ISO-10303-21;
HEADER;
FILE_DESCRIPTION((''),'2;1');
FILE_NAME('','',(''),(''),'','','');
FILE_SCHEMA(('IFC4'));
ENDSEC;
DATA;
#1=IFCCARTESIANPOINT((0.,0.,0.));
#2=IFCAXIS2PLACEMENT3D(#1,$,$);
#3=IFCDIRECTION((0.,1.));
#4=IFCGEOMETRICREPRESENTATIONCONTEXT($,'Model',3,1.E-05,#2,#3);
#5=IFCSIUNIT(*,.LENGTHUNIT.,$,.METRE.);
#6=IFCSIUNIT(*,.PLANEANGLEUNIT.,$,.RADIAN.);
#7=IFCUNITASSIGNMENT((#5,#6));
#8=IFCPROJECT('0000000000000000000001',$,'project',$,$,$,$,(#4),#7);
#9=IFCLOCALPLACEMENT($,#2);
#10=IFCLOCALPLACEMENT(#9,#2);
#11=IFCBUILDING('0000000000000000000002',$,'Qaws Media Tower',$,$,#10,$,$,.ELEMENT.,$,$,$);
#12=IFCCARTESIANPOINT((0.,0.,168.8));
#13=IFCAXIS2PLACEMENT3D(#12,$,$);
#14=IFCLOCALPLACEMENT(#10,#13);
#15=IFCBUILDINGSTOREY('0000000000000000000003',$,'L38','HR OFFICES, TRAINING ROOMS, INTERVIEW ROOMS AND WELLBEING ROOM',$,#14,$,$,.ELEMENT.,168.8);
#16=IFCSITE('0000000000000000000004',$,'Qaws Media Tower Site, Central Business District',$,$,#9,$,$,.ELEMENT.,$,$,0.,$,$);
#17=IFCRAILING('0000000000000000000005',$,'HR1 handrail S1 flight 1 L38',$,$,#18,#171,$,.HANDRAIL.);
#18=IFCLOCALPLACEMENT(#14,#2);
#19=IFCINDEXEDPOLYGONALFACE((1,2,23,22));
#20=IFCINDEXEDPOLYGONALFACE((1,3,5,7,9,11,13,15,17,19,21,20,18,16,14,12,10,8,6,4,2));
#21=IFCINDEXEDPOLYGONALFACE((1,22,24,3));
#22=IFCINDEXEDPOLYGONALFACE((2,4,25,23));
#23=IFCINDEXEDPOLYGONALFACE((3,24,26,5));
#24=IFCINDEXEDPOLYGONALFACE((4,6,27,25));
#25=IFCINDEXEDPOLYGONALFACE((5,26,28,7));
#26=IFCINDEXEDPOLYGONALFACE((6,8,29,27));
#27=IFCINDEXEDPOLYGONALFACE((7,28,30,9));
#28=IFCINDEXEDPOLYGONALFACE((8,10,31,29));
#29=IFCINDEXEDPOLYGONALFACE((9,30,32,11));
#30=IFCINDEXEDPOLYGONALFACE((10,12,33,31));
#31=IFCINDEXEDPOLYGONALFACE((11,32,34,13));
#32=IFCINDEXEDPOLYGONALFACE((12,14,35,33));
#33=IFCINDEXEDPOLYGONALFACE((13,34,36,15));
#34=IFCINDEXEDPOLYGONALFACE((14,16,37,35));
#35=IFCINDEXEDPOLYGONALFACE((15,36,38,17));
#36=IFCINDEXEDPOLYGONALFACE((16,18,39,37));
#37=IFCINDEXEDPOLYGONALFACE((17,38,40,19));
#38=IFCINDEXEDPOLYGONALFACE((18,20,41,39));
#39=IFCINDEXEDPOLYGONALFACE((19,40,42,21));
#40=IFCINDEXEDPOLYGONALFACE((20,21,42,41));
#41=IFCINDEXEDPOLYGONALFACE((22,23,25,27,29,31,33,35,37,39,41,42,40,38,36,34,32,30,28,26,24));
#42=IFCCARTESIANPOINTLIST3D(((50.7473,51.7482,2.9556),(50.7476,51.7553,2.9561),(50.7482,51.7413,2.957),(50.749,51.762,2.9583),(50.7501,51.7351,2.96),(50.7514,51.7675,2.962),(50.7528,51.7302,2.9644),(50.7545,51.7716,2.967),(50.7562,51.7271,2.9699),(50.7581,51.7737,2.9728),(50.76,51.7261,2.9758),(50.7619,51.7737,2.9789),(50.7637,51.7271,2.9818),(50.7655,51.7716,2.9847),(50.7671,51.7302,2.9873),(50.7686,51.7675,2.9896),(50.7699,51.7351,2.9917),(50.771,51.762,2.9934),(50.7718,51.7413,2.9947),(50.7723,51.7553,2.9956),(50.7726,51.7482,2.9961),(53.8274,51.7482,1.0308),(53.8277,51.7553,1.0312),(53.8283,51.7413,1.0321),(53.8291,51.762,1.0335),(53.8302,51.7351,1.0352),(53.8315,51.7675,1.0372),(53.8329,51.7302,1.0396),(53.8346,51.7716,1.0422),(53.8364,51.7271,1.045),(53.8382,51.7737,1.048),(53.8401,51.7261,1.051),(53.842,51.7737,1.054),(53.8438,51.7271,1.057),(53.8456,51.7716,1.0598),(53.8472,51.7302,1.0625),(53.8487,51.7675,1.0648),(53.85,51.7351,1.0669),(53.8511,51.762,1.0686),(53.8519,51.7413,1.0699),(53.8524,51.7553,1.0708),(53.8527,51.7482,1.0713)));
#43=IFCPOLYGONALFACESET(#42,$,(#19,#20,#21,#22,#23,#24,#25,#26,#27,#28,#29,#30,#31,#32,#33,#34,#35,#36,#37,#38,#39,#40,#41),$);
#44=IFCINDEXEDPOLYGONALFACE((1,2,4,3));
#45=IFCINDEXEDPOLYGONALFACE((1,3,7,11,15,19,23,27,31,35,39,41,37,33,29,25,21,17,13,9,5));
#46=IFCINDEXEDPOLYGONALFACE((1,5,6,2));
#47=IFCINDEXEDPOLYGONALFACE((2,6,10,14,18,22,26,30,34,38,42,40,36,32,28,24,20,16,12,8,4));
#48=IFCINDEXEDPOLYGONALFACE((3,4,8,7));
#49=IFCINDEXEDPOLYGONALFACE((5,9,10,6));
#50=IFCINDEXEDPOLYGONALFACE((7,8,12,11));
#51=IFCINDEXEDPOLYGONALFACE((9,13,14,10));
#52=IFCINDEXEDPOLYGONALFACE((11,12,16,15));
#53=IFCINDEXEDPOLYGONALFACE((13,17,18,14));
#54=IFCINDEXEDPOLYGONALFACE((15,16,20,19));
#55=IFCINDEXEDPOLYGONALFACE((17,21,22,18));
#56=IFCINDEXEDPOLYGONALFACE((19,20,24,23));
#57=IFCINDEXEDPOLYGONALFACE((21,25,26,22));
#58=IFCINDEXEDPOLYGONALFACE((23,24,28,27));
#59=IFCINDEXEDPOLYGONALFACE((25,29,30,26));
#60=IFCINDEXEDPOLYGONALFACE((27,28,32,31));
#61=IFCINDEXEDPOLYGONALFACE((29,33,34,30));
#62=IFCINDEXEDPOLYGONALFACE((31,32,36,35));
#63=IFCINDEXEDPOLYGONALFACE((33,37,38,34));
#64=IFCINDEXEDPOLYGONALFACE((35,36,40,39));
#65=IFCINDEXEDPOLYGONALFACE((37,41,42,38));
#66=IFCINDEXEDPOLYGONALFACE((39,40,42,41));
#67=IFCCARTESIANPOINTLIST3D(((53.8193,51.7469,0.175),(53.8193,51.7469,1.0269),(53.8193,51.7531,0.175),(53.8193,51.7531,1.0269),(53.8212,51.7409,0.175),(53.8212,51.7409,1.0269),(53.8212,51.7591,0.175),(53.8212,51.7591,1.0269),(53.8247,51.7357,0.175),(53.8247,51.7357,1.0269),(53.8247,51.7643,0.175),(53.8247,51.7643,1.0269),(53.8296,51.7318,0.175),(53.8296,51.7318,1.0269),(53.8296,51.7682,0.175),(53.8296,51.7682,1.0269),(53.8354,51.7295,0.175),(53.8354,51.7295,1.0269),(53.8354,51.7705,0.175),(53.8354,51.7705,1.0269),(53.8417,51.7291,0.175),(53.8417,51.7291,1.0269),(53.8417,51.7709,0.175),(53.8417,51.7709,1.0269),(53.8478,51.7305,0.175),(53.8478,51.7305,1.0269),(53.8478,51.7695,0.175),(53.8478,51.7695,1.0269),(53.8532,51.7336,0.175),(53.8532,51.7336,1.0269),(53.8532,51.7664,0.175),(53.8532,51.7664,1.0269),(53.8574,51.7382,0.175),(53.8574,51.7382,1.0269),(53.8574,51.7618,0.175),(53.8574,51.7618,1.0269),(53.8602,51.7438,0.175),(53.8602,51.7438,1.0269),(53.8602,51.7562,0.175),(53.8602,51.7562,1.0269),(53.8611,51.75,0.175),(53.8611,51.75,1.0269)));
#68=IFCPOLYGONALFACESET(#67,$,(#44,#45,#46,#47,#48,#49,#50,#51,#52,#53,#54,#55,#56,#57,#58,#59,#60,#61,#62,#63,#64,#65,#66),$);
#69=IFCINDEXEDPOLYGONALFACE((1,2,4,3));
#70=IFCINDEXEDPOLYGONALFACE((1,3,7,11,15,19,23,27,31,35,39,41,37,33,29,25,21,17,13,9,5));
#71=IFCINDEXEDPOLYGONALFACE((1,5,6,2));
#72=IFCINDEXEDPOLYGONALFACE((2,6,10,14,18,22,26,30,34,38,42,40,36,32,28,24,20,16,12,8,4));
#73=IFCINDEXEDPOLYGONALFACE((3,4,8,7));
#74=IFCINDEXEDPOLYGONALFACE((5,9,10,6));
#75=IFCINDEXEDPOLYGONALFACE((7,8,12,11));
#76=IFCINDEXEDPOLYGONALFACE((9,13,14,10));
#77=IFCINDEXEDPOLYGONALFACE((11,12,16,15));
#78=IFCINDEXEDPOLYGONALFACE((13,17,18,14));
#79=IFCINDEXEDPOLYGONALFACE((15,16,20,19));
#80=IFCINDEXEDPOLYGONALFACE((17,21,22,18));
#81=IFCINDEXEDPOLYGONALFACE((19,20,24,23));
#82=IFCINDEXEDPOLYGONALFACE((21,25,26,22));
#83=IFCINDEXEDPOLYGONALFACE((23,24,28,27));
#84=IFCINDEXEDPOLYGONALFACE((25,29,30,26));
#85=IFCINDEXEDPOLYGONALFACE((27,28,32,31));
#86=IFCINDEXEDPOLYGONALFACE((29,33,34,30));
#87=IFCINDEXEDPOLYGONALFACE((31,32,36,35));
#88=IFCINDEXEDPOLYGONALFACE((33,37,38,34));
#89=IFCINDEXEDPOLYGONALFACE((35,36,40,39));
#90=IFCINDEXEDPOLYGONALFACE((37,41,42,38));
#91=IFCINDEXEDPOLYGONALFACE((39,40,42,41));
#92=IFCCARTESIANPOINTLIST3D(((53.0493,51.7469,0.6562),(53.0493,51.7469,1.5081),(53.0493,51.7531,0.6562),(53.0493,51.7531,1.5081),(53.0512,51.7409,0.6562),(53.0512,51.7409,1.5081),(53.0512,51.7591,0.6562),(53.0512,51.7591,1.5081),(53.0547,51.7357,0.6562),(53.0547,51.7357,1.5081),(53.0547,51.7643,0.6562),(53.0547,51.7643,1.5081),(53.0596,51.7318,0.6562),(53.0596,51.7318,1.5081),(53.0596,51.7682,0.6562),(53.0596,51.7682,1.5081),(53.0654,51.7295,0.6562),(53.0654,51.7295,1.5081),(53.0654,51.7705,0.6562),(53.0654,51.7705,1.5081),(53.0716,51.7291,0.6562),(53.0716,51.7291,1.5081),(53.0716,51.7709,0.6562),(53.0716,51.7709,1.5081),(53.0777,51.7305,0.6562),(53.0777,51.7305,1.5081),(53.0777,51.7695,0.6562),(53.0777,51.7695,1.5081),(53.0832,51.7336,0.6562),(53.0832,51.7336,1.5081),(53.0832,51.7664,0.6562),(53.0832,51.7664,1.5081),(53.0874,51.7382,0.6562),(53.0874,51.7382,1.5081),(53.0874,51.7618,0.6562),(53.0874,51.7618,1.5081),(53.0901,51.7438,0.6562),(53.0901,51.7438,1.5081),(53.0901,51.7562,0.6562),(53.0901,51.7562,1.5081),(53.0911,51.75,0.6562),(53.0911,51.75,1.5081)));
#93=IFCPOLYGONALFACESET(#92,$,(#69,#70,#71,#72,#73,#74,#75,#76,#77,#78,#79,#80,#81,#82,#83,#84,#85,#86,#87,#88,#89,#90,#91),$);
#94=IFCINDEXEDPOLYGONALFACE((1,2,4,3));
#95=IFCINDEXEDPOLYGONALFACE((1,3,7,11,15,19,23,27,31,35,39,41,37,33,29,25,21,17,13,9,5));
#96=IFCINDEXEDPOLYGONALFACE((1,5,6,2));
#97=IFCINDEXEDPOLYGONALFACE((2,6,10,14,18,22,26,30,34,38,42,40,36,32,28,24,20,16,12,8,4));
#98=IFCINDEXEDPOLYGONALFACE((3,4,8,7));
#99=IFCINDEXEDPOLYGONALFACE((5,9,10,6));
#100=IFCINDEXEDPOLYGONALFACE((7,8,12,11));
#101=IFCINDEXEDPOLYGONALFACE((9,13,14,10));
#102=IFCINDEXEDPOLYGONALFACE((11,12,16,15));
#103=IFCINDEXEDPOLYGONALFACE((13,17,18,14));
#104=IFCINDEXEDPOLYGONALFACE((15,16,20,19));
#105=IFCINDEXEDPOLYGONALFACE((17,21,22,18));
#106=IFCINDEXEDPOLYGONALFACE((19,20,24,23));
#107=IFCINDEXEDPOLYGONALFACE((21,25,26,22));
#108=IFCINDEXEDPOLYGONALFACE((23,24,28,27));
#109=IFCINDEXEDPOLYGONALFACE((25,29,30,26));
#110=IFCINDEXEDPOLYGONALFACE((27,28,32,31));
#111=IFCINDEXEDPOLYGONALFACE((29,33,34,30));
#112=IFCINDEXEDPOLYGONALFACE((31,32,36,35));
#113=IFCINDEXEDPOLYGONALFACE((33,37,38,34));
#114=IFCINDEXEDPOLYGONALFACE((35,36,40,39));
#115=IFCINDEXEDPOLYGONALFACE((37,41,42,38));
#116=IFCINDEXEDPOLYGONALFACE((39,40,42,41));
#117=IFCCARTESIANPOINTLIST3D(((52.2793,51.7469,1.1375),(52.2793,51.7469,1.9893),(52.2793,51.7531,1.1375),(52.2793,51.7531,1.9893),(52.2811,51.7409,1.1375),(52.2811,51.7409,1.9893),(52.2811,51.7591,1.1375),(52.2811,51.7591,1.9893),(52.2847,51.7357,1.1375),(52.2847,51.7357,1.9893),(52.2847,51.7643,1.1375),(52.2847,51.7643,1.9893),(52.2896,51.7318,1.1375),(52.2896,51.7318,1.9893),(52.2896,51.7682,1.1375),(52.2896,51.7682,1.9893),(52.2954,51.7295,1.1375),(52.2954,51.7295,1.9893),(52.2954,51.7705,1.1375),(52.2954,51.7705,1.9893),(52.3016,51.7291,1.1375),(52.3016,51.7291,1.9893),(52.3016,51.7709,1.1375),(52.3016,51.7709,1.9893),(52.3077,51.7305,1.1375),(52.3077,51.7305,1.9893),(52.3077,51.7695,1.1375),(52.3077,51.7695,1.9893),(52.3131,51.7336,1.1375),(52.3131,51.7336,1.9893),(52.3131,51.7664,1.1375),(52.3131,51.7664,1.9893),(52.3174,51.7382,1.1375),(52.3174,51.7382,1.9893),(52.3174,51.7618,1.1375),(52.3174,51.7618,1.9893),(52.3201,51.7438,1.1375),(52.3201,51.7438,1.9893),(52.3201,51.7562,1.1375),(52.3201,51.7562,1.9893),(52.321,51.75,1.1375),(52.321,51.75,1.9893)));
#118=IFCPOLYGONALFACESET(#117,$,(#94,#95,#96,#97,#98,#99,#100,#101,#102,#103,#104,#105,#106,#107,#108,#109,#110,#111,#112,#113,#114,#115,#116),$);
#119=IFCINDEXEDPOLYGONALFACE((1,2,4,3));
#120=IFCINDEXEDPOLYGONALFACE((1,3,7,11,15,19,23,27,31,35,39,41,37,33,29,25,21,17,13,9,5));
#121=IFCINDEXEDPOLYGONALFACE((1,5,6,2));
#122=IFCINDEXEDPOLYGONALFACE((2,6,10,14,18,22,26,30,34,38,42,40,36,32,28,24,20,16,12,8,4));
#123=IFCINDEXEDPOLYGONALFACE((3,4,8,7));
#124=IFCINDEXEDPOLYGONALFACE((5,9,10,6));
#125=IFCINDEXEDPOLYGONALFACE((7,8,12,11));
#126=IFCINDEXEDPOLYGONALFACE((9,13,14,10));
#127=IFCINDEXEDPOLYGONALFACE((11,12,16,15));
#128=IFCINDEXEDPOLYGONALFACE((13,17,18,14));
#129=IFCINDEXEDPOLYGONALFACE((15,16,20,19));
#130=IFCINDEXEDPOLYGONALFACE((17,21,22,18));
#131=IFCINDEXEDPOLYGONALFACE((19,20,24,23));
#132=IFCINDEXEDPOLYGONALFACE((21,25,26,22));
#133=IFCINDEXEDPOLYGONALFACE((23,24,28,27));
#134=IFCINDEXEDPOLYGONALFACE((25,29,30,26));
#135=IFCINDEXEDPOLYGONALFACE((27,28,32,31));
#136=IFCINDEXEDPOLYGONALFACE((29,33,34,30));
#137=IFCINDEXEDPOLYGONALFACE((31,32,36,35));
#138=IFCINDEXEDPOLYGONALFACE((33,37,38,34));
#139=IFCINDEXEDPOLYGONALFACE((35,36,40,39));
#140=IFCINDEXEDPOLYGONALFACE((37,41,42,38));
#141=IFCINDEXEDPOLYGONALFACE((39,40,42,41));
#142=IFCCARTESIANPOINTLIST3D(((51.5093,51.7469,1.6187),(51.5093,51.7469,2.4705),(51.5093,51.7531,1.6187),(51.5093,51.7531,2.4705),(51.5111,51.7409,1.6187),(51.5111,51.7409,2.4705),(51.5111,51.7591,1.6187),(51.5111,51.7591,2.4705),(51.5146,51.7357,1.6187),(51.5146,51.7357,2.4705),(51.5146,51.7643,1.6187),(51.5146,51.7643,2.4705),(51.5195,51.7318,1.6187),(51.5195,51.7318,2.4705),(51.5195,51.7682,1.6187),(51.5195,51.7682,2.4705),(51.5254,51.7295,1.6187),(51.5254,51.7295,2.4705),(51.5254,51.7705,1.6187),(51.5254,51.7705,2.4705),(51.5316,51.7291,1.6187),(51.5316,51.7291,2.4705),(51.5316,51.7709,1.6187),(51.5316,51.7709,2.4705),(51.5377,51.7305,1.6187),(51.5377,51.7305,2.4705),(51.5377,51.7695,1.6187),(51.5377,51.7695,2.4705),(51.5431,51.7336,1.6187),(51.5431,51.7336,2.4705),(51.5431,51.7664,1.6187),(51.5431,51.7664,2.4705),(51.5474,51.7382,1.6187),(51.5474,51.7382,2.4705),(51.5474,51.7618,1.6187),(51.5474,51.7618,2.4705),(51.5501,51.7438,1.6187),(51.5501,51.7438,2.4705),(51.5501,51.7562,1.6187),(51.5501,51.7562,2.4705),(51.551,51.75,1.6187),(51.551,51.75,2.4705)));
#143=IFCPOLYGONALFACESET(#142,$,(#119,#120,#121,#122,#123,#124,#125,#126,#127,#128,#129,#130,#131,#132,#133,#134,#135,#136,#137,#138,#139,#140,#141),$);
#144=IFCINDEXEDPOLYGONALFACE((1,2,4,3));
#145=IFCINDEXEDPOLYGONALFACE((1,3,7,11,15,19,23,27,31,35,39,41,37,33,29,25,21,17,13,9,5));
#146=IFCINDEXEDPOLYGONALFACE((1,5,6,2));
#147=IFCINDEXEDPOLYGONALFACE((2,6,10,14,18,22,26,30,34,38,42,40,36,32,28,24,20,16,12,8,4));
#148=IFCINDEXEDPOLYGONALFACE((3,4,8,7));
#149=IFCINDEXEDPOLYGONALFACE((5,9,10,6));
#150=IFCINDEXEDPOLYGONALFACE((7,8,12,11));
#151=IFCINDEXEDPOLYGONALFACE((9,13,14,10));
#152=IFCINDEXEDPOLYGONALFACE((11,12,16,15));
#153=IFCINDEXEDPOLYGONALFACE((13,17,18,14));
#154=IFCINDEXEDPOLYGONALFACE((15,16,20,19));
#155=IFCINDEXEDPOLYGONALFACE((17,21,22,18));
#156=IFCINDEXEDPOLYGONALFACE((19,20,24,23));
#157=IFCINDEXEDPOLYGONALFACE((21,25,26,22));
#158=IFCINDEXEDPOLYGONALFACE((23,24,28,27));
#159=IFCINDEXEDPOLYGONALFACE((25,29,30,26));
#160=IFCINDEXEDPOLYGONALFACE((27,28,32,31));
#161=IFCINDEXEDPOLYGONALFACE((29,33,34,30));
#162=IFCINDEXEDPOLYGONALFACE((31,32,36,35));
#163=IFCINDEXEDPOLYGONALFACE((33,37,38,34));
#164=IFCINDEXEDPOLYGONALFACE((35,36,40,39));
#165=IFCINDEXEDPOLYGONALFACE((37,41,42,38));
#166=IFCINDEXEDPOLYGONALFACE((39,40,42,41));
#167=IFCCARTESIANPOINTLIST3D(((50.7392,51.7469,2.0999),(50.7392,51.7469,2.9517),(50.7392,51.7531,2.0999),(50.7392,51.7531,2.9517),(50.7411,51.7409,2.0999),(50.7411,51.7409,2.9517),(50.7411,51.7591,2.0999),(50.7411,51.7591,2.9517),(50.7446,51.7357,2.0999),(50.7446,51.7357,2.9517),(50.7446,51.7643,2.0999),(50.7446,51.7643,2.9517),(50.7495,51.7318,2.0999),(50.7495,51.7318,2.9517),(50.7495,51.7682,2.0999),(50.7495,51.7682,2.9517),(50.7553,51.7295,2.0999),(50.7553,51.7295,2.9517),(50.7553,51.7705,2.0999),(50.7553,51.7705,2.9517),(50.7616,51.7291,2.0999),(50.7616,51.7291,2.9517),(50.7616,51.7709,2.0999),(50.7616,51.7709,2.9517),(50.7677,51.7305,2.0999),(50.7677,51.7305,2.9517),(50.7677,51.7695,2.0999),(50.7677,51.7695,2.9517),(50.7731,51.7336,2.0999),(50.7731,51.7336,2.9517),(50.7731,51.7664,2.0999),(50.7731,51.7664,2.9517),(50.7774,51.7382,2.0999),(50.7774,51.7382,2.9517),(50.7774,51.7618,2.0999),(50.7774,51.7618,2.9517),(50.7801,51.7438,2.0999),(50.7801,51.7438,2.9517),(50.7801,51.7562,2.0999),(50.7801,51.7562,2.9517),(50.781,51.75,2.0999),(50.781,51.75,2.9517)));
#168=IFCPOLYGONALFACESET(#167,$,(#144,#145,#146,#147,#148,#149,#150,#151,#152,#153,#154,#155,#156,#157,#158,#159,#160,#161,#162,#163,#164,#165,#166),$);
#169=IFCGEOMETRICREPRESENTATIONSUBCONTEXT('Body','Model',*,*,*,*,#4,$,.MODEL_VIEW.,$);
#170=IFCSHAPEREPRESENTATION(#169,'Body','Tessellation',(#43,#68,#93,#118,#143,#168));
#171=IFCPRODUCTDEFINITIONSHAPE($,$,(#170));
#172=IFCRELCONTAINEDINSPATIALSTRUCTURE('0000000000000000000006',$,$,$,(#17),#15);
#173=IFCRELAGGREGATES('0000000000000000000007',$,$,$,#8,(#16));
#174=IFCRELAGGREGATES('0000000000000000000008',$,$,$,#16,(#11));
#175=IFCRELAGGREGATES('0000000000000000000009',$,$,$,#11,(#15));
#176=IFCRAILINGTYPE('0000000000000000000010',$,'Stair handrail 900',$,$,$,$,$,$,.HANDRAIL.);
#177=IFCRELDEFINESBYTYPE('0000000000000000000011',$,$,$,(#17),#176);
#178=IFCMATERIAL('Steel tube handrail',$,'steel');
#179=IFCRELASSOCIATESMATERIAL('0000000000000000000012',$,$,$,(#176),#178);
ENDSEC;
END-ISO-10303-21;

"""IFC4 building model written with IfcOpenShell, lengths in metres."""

from ifc_helpers import new_model, si_unit, direction, frame, origin, origin_2d, place, context, subcontext, project, spatial, circle, extrude, material, type_object, element, save


model = new_model("IFC4")

# Units and contexts
model_context = context("Model", 3, precision=1e-05, world=origin(), true_north=direction((0.0, 1.0)))
body_context = subcontext(model_context, "Body", "Model", "MODEL_VIEW")
ifc_project = project(units=[si_unit("LENGTHUNIT", "METRE"), si_unit("PLANEANGLEUNIT", "RADIAN")], contexts=[model_context])

# Site, building, storey
site_placement = place(None, origin())
site = spatial("IfcSite", under=ifc_project, at=site_placement, Name="Qaws Media Tower Site, Central Business District", CompositionType="ELEMENT", RefElevation=0.0)
building_placement = place(site_placement, origin())
building = spatial("IfcBuilding", under=site, at=building_placement, Name="Qaws Media Tower", CompositionType="ELEMENT")
storey_placement = place(building_placement, frame((0.0, 0.0, 168.8)))
storey = spatial("IfcBuildingStorey", under=building, at=storey_placement, Name="L38", Description="HR OFFICES, TRAINING ROOMS, INTERVIEW ROOMS AND WELLBEING ROOM", CompositionType="ELEMENT", Elevation=168.8)

# Railing
ifc_material_1 = material(Name="Steel tube handrail", Category="steel")
railing_type = type_object("IfcRailingType", Name="Stair handrail 900", PredefinedType="HANDRAIL", material=ifc_material_1)
for number, where, name in (
    (1, (53.8401, 51.75, 0.175), "HR1 handrail S1 flight 1 L38"),
):
    element("IfcRailing", number, at=place(storey_placement, frame(where)), inside=storey, type_object=railing_type, Name=name, PredefinedType="HANDRAIL", context=body_context, shape_type="SweptSolid", body=[
        extrude(circle(Radius=0.0239, at=origin_2d()), frame((0.0, 0.0, 0.876), z_axis=(-0.848029, 0.0, 0.529951), x_axis=(0.0, -1.0, 0.0)), (0.0, 0.0, 1.0), 3.6321),
        extrude(circle(Radius=0.021, at=origin_2d()), origin(), (0.0, 0.0, 1.0), 0.8518),
        extrude(circle(Radius=0.021, at=origin_2d()), frame((-0.77, 0.0, 0.4812)), (0.0, 0.0, 1.0), 0.8518),
        extrude(circle(Radius=0.021, at=origin_2d()), frame((-1.54, 0.0, 0.9624)), (0.0, 0.0, 1.0), 0.8518),
        extrude(circle(Radius=0.021, at=origin_2d()), frame((-2.3101, 0.0, 1.4436)), (0.0, 0.0, 1.0), 0.8518),
        extrude(circle(Radius=0.021, at=origin_2d()), frame((-3.0801, 0.0, 1.9248)), (0.0, 0.0, 1.0), 0.8518),
    ])

save(model, "model.ifc")
